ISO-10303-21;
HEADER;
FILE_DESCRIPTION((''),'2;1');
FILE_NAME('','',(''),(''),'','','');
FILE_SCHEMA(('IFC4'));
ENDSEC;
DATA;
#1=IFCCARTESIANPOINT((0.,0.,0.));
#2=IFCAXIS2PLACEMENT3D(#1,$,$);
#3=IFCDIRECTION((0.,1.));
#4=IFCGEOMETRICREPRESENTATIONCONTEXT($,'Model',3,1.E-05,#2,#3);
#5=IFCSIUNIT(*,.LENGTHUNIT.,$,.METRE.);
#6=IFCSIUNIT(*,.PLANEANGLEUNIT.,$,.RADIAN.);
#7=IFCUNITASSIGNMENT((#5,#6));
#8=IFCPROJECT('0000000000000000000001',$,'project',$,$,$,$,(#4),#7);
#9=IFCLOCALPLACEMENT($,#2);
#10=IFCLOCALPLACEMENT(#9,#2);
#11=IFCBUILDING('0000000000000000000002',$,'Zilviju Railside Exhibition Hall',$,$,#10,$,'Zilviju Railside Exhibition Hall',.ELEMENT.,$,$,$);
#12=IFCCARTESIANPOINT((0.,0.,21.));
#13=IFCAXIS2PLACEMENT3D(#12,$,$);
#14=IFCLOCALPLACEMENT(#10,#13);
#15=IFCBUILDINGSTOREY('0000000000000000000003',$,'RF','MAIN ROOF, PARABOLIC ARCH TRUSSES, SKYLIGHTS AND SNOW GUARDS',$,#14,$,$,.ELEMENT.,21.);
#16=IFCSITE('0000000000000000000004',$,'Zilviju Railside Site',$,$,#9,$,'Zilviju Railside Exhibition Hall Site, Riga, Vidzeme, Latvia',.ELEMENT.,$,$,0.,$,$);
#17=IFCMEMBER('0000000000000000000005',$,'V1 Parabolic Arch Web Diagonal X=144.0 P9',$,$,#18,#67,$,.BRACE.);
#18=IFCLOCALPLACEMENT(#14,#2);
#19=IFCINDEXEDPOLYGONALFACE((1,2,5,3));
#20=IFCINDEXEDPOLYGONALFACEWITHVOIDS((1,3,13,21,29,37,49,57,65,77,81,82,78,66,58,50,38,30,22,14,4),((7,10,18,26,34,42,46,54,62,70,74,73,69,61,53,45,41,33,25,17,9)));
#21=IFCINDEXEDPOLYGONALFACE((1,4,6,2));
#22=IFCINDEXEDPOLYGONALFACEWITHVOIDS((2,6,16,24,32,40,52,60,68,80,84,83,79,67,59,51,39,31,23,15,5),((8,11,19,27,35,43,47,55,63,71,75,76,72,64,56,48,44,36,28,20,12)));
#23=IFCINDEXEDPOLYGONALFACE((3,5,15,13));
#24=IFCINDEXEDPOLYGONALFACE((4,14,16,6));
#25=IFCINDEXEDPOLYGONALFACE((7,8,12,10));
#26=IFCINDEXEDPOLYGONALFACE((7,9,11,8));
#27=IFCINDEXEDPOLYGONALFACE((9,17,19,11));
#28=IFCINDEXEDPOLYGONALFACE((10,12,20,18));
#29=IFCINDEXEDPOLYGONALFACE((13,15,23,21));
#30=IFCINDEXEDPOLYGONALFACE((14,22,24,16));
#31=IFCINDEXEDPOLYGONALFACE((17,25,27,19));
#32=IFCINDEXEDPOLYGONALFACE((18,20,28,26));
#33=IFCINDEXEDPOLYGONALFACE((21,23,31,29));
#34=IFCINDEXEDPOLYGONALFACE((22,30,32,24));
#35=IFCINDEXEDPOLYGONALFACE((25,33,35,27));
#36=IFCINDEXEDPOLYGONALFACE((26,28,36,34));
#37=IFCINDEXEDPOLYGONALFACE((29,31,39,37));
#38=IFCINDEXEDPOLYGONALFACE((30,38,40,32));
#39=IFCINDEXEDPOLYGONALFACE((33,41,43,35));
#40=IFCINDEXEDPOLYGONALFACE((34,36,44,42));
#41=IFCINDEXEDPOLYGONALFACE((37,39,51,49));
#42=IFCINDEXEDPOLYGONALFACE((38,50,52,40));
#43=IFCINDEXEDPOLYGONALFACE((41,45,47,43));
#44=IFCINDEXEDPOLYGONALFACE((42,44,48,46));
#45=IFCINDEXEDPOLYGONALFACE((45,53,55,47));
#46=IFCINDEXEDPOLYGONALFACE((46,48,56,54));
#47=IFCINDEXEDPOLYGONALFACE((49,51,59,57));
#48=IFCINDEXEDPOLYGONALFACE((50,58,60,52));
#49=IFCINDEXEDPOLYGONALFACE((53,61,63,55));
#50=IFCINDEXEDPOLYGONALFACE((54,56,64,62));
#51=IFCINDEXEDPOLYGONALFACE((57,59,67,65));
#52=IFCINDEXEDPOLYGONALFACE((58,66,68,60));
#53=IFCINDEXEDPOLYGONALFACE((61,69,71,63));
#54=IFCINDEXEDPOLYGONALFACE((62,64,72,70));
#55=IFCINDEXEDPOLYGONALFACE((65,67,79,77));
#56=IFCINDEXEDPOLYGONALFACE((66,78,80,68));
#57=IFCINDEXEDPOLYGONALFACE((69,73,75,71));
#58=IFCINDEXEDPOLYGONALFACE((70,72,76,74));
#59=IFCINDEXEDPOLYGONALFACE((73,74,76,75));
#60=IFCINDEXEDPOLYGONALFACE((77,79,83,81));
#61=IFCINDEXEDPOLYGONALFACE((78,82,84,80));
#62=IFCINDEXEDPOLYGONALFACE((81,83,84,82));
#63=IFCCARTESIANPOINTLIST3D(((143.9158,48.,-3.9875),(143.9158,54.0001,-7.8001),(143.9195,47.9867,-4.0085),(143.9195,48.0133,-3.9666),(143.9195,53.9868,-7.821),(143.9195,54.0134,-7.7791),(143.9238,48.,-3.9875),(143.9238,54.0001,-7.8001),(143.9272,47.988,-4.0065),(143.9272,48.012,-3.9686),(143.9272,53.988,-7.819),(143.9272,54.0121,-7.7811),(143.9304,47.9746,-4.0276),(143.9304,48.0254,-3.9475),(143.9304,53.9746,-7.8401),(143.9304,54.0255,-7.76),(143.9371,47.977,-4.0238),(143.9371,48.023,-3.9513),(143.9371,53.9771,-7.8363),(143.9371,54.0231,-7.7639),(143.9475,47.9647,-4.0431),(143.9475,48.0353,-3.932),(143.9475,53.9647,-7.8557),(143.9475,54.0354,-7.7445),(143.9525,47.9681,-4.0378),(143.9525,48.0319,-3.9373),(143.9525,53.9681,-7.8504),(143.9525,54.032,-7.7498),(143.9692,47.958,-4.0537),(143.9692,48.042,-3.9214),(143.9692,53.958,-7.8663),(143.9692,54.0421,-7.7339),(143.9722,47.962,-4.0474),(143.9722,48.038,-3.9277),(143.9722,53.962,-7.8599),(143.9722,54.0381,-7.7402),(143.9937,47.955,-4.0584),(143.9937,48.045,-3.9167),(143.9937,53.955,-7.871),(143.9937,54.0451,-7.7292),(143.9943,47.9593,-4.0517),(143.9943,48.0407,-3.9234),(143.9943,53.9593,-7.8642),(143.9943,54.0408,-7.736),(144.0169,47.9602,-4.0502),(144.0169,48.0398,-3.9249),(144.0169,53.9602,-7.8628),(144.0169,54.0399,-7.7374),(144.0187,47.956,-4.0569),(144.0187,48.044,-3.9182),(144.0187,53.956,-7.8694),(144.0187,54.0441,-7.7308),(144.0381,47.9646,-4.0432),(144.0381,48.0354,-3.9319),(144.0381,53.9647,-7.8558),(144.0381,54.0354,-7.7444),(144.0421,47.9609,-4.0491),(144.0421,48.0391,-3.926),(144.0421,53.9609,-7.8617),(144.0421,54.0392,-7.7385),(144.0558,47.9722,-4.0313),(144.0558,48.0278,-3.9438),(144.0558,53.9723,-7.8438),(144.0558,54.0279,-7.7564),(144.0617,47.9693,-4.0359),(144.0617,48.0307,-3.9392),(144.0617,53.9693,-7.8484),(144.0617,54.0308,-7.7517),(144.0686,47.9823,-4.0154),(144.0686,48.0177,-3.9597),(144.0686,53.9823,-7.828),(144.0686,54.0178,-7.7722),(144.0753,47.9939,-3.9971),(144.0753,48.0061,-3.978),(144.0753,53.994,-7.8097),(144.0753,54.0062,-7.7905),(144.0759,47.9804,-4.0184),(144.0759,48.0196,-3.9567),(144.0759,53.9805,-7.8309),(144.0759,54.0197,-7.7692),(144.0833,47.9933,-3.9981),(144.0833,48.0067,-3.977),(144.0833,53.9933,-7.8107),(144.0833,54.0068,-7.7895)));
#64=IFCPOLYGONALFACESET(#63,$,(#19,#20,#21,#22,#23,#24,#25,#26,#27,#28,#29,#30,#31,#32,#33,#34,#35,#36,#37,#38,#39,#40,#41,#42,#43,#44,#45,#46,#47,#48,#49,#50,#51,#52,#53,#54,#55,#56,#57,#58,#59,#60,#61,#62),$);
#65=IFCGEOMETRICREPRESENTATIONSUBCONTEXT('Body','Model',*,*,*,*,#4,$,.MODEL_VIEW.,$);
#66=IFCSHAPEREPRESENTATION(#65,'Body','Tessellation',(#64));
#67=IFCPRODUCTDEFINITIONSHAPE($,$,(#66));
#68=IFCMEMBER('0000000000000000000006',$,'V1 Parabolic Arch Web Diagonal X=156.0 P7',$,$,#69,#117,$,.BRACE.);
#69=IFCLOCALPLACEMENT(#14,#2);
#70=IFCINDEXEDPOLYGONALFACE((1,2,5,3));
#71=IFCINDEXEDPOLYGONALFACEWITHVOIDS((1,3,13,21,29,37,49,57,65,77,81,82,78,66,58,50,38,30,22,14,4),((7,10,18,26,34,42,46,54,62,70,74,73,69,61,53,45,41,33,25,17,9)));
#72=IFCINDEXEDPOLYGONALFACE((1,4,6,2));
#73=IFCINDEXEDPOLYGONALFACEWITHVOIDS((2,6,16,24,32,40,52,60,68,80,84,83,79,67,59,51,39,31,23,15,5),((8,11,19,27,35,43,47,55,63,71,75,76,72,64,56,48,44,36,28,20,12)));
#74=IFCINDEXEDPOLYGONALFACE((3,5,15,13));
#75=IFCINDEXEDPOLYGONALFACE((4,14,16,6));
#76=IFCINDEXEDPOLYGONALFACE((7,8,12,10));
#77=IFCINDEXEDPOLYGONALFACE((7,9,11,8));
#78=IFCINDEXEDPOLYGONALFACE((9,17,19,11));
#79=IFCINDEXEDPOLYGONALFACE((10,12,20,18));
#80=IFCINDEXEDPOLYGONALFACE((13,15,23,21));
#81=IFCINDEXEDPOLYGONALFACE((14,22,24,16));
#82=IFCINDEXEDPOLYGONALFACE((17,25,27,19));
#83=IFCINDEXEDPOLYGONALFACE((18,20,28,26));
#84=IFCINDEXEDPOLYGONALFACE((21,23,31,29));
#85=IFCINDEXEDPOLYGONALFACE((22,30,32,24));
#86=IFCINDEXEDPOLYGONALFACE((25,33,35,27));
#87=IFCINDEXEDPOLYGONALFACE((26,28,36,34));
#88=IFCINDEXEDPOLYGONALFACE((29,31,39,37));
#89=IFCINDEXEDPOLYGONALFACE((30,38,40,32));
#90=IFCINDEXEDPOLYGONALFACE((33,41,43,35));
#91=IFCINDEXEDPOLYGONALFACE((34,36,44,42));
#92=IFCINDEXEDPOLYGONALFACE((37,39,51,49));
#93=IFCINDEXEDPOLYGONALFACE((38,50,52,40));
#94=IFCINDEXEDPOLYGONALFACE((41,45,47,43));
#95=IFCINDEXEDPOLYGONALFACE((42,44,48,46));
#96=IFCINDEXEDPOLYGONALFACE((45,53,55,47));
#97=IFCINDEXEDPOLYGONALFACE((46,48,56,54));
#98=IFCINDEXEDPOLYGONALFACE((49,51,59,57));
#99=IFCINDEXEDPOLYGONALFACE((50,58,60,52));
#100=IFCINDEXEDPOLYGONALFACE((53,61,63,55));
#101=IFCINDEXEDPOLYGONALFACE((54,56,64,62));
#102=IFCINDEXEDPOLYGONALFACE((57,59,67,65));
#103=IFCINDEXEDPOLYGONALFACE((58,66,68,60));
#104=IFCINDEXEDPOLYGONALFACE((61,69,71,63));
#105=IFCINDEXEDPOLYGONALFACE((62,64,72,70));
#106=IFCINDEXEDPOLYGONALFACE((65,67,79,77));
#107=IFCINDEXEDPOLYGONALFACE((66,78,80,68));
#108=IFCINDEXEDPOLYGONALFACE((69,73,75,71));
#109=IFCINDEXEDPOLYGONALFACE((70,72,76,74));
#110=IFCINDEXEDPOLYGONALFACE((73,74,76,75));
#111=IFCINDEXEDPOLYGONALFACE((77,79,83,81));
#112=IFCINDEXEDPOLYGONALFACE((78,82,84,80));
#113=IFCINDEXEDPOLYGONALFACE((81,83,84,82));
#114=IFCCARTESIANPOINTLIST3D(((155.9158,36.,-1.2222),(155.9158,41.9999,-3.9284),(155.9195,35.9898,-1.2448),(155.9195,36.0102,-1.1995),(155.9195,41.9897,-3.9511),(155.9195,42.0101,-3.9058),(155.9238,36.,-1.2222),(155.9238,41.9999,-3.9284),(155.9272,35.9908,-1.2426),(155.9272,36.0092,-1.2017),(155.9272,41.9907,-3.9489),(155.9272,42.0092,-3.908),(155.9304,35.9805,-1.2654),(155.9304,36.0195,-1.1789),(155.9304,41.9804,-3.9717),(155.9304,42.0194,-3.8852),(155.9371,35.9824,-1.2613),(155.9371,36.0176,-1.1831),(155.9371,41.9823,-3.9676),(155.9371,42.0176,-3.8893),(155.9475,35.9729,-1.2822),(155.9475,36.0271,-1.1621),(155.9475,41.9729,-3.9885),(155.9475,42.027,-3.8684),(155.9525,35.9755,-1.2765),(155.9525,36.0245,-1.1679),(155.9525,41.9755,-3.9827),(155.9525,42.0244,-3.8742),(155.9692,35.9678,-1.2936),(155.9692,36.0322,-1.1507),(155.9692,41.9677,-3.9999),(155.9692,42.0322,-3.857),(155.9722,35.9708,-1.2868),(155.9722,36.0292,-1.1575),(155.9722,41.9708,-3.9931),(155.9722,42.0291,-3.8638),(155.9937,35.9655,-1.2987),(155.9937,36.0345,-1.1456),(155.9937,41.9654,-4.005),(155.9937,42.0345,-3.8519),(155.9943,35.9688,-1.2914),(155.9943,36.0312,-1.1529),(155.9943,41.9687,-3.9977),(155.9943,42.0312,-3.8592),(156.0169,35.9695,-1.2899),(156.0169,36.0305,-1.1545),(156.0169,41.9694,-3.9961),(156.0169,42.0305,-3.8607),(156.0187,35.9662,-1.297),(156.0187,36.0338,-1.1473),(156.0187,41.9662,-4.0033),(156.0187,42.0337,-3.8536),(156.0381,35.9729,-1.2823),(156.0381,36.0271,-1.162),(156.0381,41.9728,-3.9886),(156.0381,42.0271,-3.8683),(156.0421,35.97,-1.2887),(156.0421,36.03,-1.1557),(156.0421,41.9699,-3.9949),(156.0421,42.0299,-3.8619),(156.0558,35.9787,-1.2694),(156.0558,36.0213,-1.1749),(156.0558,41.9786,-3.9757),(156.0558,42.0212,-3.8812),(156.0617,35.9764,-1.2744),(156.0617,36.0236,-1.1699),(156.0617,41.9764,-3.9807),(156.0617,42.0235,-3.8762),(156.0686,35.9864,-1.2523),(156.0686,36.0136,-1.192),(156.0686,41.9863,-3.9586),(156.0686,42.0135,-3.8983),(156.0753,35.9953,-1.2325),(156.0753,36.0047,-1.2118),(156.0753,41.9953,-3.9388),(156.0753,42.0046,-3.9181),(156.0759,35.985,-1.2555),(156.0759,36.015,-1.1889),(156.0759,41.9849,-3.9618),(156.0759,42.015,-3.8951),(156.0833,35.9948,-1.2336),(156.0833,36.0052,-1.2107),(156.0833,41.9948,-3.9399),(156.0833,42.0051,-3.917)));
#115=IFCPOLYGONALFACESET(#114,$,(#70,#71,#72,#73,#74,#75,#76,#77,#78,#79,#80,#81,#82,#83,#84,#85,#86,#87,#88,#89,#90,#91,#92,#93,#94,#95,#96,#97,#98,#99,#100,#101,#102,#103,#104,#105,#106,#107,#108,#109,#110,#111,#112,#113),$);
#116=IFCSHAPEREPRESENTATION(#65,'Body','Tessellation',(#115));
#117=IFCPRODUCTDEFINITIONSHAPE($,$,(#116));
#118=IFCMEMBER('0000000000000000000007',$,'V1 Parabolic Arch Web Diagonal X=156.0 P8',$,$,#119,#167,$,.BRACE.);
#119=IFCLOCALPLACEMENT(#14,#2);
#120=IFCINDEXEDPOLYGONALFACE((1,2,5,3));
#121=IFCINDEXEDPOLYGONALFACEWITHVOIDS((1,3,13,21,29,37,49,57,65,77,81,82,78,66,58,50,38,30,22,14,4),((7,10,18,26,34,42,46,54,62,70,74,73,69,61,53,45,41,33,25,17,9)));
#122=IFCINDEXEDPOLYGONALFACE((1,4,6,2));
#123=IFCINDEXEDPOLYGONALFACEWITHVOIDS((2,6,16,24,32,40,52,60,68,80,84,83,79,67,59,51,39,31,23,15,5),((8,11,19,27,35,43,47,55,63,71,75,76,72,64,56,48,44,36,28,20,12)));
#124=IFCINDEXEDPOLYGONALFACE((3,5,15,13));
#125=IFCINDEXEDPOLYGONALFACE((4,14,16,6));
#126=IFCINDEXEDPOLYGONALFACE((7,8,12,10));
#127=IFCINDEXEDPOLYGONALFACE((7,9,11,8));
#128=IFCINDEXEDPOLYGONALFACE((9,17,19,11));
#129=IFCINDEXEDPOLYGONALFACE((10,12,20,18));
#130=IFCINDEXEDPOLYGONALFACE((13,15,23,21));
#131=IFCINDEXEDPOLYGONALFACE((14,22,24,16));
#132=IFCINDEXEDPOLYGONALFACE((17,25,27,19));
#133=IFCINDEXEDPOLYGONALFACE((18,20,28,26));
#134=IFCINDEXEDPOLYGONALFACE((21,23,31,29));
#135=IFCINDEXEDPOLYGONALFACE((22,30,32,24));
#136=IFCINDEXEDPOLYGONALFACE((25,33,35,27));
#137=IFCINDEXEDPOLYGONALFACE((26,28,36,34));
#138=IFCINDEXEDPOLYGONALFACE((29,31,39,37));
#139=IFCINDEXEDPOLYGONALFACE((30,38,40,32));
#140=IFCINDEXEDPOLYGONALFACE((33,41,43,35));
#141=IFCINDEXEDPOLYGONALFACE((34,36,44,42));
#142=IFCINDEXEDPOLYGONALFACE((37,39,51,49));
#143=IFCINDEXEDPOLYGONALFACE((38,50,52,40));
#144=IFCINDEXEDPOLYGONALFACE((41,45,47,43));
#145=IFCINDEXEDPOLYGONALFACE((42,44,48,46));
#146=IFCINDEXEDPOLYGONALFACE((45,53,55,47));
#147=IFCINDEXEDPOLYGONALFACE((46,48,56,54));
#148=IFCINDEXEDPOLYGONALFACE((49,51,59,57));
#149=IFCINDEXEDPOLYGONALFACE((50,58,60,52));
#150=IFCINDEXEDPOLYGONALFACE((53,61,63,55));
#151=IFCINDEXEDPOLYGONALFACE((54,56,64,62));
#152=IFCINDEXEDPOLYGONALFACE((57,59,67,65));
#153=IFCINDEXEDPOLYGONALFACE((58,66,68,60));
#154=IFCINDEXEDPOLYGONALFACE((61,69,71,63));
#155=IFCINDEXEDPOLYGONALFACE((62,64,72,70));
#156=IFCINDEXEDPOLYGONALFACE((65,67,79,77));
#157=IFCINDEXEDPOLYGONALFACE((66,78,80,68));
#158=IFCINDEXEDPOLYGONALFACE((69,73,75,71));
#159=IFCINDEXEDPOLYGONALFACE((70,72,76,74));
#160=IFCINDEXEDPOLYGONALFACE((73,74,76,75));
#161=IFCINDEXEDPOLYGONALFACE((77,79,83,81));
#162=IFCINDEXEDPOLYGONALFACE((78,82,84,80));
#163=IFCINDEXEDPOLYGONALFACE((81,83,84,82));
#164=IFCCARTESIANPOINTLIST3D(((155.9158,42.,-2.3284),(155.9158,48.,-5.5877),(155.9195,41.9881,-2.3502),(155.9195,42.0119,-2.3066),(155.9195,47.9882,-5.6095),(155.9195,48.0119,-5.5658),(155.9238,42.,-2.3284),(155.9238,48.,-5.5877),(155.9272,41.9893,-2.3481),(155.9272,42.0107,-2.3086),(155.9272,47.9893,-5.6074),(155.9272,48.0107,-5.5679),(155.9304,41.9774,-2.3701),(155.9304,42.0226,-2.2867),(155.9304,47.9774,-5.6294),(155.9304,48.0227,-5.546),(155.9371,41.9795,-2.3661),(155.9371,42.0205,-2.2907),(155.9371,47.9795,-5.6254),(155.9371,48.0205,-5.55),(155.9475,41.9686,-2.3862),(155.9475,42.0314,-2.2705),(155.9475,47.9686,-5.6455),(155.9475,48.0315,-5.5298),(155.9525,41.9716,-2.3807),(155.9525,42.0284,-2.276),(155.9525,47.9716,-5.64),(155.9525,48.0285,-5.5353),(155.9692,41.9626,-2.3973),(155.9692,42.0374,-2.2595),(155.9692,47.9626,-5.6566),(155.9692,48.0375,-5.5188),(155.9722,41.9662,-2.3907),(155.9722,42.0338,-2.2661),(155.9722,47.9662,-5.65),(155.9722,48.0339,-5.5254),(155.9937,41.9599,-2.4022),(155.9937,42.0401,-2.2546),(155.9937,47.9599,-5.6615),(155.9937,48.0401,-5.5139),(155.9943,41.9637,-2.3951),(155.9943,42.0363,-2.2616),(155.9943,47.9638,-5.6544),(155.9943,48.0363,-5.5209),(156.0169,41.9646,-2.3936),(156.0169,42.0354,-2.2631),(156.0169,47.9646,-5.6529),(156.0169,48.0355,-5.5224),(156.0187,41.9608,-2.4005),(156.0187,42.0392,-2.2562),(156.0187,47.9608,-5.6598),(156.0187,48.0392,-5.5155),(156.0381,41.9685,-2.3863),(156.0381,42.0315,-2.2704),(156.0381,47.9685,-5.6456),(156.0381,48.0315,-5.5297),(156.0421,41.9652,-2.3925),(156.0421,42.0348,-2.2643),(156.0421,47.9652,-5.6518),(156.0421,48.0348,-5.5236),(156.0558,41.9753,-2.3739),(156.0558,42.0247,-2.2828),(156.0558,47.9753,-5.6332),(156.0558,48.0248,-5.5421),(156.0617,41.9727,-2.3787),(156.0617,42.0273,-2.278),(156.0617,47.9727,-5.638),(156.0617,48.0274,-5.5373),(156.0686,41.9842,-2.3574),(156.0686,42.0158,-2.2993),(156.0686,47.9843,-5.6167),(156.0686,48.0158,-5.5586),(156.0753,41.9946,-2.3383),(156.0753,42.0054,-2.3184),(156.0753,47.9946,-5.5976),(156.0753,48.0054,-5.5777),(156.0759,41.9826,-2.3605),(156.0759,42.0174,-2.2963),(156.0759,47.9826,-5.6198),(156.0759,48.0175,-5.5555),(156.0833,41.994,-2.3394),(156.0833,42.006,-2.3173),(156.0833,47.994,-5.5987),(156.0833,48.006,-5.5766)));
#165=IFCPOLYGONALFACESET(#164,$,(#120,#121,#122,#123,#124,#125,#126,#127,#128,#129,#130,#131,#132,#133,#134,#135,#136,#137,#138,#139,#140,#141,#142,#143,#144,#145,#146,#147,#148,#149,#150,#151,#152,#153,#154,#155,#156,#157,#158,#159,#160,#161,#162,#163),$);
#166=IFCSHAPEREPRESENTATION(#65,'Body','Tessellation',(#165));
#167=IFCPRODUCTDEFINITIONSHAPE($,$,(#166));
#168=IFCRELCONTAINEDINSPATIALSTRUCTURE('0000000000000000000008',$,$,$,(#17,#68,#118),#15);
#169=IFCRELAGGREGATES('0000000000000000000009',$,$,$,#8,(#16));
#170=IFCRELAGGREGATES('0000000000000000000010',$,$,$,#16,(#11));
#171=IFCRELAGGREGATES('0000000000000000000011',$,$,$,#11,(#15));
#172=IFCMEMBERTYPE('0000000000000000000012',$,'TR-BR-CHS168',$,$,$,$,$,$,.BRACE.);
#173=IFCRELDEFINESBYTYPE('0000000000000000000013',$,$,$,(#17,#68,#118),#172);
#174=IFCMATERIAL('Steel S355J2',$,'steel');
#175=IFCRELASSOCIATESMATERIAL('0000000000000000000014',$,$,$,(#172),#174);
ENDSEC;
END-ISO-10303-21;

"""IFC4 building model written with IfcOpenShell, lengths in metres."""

from ifc_helpers import new_model, si_unit, direction, frame, origin, origin_2d, place, context, subcontext, project, spatial, hollow_circle, extrude, material, material_profile, profile_set, type_object, element, save


model = new_model("IFC4")

# Units and contexts
model_context = context("Model", 3, precision=1e-05, world=origin(), true_north=direction((0.0, 1.0)))
body_context = subcontext(model_context, "Body", "Model", "MODEL_VIEW")
ifc_project = project(units=[si_unit("LENGTHUNIT", "METRE"), si_unit("PLANEANGLEUNIT", "RADIAN")], contexts=[model_context])

# Site, building, storey
site_placement = place(None, origin())
site = spatial("IfcSite", under=ifc_project, at=site_placement, Name="Zilviju Railside Site", LongName="Zilviju Railside Exhibition Hall Site, Riga, Vidzeme, Latvia", CompositionType="ELEMENT", RefElevation=0.0)
building_placement = place(site_placement, origin())
building = spatial("IfcBuilding", under=site, at=building_placement, Name="Zilviju Railside Exhibition Hall", LongName="Zilviju Railside Exhibition Hall", CompositionType="ELEMENT")
storey_placement = place(building_placement, frame((0.0, 0.0, 21.0)))
storey = spatial("IfcBuildingStorey", under=building, at=storey_placement, Name="RF", Description="MAIN ROOF, PARABOLIC ARCH TRUSSES, SKYLIGHTS AND SNOW GUARDS", CompositionType="ELEMENT", Elevation=21.0)

# Members
ifc_material_1 = material(Name="Steel S355J2", Category="steel")
ifc_material_profile_1 = material_profile(ifc_material_1, hollow_circle(Radius=0.0842, WallThickness=0.0081, at=origin_2d()), Name="CHS 168.3x8.0")
ifc_profile_set_1 = profile_set([ifc_material_profile_1], Name="Steel S355J2")
member_type_1 = type_object("IfcMemberType", Name="TR-BR-CHS168", PredefinedType="BRACE", material=ifc_profile_set_1)
member_1_placement = place(storey_placement, frame((144.0, 48.0, -3.9875), z_axis=(0.0, 0.844023, -0.536306), x_axis=(-1.0, 0.0, 0.0)))
element("IfcMember", 1, at=member_1_placement, inside=storey, type_object=member_type_1, Name="V1 Parabolic Arch Web Diagonal X=144.0 P9", PredefinedType="BRACE", context=body_context, shape_type="SweptSolid", body=[
    extrude(hollow_circle(Radius=0.0842, WallThickness=0.0081, at=origin_2d()), origin(), (0.0, 0.0, 1.0), 7.1089),
])
member_2_placement = place(storey_placement, frame((156.0, 36.0, -1.2222), z_axis=(0.0, 0.911563, -0.41116), x_axis=(-1.0, 0.0, 0.0)))
element("IfcMember", 2, at=member_2_placement, inside=storey, type_object=member_type_1, Name="V1 Parabolic Arch Web Diagonal X=156.0 P7", PredefinedType="BRACE", context=body_context, shape_type="SweptSolid", body=[
    extrude(hollow_circle(Radius=0.0842, WallThickness=0.0081, at=origin_2d()), origin(), (0.0, 0.0, 1.0), 6.582),
])
member_3_placement = place(storey_placement, frame((156.0, 42.0, -2.3284), z_axis=(0.0, 0.878722, -0.477333), x_axis=(-1.0, 0.0, 0.0)))
element("IfcMember", 3, at=member_3_placement, inside=storey, type_object=member_type_1, Name="V1 Parabolic Arch Web Diagonal X=156.0 P8", PredefinedType="BRACE", context=body_context, shape_type="SweptSolid", body=[
    extrude(hollow_circle(Radius=0.0842, WallThickness=0.0081, at=origin_2d()), origin(), (0.0, 0.0, 1.0), 6.8281),
])

save(model, "model.ifc")
